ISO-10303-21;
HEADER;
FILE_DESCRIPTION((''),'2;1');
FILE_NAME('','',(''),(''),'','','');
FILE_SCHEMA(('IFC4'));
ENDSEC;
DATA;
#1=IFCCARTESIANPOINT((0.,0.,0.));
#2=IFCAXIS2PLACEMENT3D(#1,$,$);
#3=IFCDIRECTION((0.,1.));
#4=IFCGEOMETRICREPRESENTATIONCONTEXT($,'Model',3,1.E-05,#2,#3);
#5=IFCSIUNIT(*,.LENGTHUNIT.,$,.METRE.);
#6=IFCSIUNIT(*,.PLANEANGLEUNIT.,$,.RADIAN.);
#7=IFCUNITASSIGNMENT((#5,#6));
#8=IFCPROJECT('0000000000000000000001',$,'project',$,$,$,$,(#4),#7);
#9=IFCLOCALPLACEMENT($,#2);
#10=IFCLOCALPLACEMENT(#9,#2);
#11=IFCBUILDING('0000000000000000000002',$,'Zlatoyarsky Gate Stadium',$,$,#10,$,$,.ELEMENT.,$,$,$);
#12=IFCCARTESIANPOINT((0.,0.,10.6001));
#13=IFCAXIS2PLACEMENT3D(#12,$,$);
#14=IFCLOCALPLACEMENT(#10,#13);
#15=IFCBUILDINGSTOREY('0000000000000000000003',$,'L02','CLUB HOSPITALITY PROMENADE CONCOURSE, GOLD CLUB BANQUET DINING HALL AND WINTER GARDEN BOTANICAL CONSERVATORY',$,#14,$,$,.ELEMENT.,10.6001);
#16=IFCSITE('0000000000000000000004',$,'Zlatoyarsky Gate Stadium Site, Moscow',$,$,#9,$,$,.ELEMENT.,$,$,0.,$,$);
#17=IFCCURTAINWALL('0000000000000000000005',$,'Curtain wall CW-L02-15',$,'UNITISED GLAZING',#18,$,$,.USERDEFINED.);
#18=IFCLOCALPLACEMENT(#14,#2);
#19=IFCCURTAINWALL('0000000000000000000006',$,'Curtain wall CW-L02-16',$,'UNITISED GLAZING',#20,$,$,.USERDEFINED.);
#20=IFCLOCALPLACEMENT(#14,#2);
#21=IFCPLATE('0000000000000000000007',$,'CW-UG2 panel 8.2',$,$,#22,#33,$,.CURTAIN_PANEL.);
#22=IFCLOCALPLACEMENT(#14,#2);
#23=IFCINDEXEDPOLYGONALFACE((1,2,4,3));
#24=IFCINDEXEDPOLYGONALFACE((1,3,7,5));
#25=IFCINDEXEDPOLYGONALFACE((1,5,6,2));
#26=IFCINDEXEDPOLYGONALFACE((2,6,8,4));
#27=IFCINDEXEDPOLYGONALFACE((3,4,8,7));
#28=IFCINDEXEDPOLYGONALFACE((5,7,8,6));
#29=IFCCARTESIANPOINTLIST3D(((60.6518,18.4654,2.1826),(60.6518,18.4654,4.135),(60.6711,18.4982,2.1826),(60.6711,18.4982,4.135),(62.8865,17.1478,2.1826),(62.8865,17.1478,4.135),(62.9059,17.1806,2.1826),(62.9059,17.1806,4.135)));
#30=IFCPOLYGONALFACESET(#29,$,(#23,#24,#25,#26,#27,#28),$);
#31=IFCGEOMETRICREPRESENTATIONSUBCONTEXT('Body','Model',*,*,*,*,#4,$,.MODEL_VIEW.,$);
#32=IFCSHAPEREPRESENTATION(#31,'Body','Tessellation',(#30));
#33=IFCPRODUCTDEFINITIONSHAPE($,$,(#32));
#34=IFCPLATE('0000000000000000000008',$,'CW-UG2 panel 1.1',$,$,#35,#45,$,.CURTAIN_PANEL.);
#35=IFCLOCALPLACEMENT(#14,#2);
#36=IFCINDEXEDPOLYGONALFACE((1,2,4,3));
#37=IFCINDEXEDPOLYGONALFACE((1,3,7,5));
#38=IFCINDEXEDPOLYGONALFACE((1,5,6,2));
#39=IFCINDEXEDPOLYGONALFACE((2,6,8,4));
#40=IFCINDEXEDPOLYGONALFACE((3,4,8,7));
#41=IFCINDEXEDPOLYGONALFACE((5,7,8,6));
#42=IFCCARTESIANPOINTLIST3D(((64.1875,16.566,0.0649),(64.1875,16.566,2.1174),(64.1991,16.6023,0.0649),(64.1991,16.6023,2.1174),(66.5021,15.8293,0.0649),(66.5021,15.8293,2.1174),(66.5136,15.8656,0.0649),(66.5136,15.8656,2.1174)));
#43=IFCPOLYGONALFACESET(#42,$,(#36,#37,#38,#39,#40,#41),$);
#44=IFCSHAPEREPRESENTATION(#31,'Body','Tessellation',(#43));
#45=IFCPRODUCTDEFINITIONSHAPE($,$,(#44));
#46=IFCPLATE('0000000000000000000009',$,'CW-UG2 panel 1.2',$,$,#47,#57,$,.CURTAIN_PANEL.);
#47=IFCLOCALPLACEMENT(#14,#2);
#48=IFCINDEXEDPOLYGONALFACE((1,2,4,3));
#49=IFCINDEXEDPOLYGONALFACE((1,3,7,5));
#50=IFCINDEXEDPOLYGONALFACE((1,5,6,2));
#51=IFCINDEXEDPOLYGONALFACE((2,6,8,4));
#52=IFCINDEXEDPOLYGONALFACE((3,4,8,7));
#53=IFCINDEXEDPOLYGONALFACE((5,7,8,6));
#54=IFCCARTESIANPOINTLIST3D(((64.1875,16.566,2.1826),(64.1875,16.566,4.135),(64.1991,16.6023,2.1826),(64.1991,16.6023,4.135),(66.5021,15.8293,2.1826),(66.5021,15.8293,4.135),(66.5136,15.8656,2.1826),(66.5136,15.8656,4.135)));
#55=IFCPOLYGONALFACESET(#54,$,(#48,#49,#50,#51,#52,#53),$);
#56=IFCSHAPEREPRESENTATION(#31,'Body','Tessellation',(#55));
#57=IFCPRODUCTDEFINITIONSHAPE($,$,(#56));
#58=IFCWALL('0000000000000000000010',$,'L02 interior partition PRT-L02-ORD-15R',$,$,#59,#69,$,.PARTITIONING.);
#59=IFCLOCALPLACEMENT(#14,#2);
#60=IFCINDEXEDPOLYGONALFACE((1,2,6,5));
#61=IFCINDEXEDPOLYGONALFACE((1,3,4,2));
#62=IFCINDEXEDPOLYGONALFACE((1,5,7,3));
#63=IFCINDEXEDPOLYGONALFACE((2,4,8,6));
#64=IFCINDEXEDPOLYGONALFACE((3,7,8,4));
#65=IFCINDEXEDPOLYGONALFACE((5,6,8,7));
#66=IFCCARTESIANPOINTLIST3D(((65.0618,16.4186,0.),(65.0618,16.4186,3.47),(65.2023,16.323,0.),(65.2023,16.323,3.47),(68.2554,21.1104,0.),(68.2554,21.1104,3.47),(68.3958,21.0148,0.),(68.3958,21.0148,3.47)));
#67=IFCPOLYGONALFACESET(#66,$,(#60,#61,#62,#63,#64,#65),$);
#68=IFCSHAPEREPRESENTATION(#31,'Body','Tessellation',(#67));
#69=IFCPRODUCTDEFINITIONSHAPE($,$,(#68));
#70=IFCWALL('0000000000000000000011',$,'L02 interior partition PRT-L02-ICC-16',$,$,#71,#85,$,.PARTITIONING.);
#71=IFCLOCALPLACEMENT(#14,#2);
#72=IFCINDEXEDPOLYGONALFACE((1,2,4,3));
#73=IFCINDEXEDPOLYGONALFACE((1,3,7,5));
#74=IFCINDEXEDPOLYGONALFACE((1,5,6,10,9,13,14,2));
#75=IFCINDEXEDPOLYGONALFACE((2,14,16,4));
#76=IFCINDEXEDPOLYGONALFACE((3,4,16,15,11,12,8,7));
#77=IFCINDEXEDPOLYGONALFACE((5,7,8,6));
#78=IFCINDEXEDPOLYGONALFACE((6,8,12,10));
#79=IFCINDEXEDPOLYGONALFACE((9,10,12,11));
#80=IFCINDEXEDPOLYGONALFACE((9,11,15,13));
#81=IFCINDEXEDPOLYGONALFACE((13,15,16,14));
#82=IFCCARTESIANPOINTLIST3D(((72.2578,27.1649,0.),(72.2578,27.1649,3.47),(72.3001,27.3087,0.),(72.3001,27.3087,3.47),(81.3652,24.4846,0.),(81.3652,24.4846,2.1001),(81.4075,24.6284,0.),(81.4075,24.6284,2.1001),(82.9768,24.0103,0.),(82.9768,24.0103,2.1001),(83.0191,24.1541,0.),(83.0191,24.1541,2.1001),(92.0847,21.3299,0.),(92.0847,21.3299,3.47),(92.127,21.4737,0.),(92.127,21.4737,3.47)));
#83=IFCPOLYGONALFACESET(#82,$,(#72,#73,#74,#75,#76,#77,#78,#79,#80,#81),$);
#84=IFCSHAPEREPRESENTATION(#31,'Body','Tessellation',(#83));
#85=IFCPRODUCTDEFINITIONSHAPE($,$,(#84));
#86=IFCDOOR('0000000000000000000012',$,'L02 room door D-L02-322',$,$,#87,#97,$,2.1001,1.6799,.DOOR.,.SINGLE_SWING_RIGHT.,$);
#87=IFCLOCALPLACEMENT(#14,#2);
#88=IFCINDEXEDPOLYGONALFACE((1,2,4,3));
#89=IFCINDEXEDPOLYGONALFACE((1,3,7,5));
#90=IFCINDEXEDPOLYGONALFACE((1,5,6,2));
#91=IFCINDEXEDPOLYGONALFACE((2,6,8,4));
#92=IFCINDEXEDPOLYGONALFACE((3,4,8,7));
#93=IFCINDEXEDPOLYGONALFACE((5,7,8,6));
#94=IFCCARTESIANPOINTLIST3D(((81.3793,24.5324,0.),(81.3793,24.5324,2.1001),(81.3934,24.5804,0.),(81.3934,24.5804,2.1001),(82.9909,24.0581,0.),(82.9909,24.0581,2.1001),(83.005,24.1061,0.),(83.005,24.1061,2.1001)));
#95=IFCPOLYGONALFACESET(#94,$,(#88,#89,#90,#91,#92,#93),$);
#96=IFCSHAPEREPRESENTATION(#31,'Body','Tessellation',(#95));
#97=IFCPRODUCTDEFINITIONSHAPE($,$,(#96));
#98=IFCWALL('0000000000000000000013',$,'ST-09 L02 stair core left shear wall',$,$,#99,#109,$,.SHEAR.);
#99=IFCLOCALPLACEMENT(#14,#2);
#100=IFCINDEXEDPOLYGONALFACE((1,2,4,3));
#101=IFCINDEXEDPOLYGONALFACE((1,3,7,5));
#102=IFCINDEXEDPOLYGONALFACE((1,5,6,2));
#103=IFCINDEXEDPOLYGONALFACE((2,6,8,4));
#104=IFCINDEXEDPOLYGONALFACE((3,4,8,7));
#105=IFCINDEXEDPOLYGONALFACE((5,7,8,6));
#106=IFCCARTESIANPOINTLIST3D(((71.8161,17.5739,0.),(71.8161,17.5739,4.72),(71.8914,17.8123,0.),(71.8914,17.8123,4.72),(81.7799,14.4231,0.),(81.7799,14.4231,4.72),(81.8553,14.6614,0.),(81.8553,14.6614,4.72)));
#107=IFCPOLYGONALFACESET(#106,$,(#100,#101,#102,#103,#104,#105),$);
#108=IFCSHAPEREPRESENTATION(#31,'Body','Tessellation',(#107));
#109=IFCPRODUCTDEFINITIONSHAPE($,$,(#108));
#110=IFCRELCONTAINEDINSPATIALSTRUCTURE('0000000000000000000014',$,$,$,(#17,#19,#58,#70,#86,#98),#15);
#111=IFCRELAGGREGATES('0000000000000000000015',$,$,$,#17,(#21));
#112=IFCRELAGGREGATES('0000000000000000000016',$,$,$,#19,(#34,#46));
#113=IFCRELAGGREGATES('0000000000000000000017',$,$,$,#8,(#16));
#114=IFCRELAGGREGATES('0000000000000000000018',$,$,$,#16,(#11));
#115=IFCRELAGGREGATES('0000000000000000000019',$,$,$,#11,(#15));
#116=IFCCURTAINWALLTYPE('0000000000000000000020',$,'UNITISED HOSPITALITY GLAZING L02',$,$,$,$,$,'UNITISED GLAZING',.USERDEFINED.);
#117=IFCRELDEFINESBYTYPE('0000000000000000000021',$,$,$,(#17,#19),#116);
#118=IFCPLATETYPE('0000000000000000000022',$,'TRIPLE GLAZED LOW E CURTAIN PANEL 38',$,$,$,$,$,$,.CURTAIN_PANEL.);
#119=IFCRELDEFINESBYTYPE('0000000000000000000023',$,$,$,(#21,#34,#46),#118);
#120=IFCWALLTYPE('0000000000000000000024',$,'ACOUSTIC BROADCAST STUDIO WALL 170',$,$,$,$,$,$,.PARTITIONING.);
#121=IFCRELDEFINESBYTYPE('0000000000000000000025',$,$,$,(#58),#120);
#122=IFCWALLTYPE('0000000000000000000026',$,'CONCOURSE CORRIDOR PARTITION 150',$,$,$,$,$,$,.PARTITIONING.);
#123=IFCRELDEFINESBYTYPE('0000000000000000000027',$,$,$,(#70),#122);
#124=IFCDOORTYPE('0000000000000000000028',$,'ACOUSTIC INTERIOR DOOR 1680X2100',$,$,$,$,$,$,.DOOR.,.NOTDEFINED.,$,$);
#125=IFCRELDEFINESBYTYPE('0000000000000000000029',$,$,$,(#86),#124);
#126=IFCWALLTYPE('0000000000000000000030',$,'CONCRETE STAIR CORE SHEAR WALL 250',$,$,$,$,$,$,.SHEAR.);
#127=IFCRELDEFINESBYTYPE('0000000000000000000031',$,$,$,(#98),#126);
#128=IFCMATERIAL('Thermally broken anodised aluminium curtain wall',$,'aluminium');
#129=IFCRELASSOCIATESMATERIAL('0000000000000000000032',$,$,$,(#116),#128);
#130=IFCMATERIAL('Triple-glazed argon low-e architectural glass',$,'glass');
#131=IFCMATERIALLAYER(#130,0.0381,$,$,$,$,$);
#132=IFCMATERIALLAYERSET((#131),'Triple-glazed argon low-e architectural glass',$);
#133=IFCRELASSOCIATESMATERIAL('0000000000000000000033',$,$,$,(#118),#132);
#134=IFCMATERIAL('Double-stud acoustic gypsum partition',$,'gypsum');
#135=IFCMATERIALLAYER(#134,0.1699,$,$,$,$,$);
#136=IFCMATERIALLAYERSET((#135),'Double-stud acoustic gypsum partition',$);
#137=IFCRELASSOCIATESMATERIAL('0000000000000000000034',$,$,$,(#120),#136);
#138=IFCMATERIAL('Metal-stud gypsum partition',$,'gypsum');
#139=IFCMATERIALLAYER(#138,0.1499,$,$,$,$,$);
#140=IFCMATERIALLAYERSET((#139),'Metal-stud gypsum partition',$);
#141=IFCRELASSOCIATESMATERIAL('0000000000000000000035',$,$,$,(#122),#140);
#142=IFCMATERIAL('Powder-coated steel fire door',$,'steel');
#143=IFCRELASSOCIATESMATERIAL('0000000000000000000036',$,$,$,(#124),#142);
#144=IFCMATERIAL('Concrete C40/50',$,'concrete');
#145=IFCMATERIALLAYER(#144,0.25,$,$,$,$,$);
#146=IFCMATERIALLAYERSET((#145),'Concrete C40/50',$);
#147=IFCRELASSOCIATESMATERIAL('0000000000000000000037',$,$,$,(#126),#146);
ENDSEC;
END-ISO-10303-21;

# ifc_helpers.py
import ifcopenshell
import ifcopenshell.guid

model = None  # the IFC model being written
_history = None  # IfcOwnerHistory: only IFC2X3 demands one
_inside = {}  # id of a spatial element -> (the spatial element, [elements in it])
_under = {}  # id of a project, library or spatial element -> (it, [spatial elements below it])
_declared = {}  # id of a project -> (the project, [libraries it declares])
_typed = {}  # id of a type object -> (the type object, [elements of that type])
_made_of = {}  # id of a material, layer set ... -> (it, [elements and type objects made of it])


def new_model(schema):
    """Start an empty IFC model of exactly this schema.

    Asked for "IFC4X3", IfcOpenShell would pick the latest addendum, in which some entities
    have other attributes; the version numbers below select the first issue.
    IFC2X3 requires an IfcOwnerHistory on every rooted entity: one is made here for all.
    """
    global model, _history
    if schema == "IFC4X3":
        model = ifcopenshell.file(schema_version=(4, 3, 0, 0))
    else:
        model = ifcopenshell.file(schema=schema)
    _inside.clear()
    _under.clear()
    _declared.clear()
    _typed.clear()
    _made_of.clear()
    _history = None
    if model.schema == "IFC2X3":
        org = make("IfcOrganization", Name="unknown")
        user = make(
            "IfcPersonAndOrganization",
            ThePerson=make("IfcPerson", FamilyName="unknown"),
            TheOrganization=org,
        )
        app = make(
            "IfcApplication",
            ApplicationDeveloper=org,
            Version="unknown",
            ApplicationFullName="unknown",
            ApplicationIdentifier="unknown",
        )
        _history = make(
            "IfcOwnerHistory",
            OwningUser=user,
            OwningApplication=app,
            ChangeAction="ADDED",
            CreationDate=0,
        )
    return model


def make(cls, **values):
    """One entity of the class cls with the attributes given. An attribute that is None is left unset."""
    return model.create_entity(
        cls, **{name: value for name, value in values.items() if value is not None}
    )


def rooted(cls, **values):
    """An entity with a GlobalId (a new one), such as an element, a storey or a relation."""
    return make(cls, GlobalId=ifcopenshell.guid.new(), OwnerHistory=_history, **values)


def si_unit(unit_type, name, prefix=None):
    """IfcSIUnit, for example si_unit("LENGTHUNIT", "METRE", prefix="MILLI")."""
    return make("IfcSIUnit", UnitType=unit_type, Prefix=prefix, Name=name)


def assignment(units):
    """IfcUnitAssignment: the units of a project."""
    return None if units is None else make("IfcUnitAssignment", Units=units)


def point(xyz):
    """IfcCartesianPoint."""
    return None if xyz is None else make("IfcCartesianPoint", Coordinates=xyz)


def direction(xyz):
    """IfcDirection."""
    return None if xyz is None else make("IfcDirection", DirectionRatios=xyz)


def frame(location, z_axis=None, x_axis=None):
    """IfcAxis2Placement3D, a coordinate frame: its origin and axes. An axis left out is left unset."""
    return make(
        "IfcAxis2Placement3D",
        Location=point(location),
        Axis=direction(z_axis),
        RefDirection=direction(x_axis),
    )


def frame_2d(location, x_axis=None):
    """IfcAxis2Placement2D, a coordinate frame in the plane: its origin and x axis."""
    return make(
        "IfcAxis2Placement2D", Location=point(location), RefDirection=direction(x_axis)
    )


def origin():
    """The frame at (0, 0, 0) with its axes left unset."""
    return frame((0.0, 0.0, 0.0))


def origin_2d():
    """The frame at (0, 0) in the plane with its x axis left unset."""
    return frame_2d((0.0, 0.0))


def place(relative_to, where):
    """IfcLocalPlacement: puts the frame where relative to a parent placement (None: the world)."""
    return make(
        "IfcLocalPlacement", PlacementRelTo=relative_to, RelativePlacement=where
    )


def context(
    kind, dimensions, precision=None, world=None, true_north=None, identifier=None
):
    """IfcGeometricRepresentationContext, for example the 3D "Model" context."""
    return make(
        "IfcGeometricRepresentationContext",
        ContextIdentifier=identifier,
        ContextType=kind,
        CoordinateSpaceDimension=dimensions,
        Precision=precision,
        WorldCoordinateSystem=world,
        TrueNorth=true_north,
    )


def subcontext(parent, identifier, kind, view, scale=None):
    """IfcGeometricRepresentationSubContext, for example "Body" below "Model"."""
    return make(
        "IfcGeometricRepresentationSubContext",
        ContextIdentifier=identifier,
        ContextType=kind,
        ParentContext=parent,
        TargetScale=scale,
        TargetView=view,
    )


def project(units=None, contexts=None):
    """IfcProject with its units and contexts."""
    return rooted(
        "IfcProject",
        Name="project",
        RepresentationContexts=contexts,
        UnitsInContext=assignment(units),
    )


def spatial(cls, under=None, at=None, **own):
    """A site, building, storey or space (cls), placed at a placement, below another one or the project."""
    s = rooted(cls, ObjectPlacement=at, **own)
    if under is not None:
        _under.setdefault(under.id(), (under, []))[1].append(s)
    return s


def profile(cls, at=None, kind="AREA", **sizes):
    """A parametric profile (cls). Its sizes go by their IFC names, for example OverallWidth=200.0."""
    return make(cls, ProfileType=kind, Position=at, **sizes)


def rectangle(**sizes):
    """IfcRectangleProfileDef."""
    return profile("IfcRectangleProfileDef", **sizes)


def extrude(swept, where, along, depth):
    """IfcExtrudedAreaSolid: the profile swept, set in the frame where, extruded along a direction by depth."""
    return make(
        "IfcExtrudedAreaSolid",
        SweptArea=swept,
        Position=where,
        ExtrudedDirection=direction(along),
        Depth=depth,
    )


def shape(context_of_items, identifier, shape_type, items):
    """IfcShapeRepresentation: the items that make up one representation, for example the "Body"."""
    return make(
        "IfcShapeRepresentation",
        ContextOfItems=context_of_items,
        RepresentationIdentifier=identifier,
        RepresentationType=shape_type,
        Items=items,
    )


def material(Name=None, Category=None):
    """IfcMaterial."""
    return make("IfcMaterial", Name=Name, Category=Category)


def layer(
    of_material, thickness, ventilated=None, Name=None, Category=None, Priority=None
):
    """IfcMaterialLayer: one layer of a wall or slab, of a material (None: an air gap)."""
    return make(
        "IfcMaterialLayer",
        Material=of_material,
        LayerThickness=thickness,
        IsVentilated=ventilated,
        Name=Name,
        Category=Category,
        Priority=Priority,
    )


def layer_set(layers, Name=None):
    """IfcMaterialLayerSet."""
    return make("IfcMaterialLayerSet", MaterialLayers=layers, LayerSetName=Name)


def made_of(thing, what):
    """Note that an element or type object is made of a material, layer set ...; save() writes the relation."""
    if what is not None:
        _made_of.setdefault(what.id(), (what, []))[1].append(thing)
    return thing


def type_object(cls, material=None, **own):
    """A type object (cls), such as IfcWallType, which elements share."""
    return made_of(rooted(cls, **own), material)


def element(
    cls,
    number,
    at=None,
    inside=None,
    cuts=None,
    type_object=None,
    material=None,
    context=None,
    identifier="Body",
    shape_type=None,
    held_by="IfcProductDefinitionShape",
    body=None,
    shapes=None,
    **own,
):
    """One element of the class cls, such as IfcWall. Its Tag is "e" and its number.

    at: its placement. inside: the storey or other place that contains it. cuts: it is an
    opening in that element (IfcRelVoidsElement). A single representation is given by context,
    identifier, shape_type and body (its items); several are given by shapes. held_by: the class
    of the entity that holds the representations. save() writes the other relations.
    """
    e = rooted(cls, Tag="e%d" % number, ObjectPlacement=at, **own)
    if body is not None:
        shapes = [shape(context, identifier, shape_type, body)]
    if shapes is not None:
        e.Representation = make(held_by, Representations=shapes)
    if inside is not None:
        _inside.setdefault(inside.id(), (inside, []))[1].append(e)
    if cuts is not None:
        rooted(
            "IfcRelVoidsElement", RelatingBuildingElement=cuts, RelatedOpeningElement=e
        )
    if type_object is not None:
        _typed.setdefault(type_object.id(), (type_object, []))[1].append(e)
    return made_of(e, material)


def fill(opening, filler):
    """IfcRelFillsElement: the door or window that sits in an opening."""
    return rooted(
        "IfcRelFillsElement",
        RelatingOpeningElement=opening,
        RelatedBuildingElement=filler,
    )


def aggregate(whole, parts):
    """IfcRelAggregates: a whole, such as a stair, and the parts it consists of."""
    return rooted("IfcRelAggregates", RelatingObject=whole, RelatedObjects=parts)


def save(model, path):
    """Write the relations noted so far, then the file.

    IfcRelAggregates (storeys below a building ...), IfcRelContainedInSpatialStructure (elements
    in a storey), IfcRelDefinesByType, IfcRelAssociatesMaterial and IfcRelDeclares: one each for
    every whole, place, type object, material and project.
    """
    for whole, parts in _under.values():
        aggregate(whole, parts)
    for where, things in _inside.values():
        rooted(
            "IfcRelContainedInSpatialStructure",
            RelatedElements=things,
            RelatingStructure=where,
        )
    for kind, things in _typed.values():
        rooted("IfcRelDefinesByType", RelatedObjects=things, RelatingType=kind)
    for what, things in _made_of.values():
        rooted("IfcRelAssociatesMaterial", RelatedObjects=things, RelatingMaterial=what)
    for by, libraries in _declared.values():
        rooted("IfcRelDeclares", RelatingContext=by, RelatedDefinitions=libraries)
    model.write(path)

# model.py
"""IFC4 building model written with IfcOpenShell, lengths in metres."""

from ifc_helpers import new_model, si_unit, direction, frame, frame_2d, origin, origin_2d, place, context, subcontext, project, spatial, rectangle, extrude, material, layer, layer_set, type_object, element, fill, aggregate, save


model = new_model("IFC4")

# Units and contexts
model_context = context("Model", 3, precision=1e-05, world=origin(), true_north=direction((0.0, 1.0)))
body_context = subcontext(model_context, "Body", "Model", "MODEL_VIEW")
ifc_project = project(units=[si_unit("LENGTHUNIT", "METRE"), si_unit("PLANEANGLEUNIT", "RADIAN")], contexts=[model_context])

# Site, building, storey
site_placement = place(None, origin())
site = spatial("IfcSite", under=ifc_project, at=site_placement, Name="Zlatoyarsky Gate Stadium Site, Moscow", CompositionType="ELEMENT", RefElevation=0.0)
building_placement = place(site_placement, origin())
building = spatial("IfcBuilding", under=site, at=building_placement, Name="Zlatoyarsky Gate Stadium", CompositionType="ELEMENT")
storey_placement = place(building_placement, frame((0.0, 0.0, 10.6001)))
storey = spatial("IfcBuildingStorey", under=building, at=storey_placement, Name="L02", Description="CLUB HOSPITALITY PROMENADE CONCOURSE, GOLD CLUB BANQUET DINING HALL AND WINTER GARDEN BOTANICAL CONSERVATORY", CompositionType="ELEMENT", Elevation=10.6001)

# Shared definitions
ifc_material_1 = material(Name="Concrete C40/50", Category="concrete")

# Curtain wall
ifc_material_2 = material(Name="Thermally broken anodised aluminium curtain wall", Category="aluminium")
curtain_wall_type = type_object("IfcCurtainWallType", Name="UNITISED HOSPITALITY GLAZING L02", ElementType="UNITISED GLAZING", PredefinedType="USERDEFINED", material=ifc_material_2)
curtain_wall_1_placement = place(storey_placement, origin())
curtain_wall_1 = element("IfcCurtainWall", 1, at=curtain_wall_1_placement, inside=storey, type_object=curtain_wall_type, Name="Curtain wall CW-L02-15", ObjectType="UNITISED GLAZING", PredefinedType="USERDEFINED")

# Curtain wall
curtain_wall_2_placement = place(storey_placement, origin())
curtain_wall_2 = element("IfcCurtainWall", 2, at=curtain_wall_2_placement, inside=storey, type_object=curtain_wall_type, Name="Curtain wall CW-L02-16", ObjectType="UNITISED GLAZING", PredefinedType="USERDEFINED")

# Plates
ifc_material_3 = material(Name="Triple-glazed argon low-e architectural glass", Category="glass")
ifc_layer_1 = layer(ifc_material_3, 0.0381)
ifc_layer_set_1 = layer_set([ifc_layer_1], Name="Triple-glazed argon low-e architectural glass")
plate_type_1 = type_object("IfcPlateType", Name="TRIPLE GLAZED LOW E CURTAIN PANEL 38", PredefinedType="CURTAIN_PANEL", material=ifc_layer_set_1)
plate_1_placement = place(storey_placement, frame((61.7788, 17.823, 2.1826), z_axis=(0.0, 0.0, 1.0), x_axis=(0.861425, -0.507884, 0.0)))
plate_1 = element("IfcPlate", 3, at=plate_1_placement, type_object=plate_type_1, Name="CW-UG2 panel 8.2", PredefinedType="CURTAIN_PANEL", context=body_context, shape_type="SweptSolid", body=[
    extrude(rectangle(XDim=2.5942, YDim=0.0381, at=origin_2d()), origin(), (0.0, 0.0, 1.0), 1.9524),
])
aggregate(curtain_wall_1, [plate_1])
plate_2_placement = place(storey_placement, frame((65.3506, 16.2158, 0.0649), z_axis=(0.0, 0.0, 1.0), x_axis=(0.952902, -0.303278, 0.0)))
plate_2 = element("IfcPlate", 4, at=plate_2_placement, type_object=plate_type_1, Name="CW-UG2 panel 1.1", PredefinedType="CURTAIN_PANEL", context=body_context, shape_type="SweptSolid", body=[
    extrude(rectangle(XDim=2.429, YDim=0.0381, at=origin_2d()), origin(), (0.0, 0.0, 1.0), 2.0525),
])
plate_3_placement = place(storey_placement, frame((65.3506, 16.2158, 2.1826), z_axis=(0.0, 0.0, 1.0), x_axis=(0.952902, -0.303278, 0.0)))
plate_3 = element("IfcPlate", 5, at=plate_3_placement, type_object=plate_type_1, Name="CW-UG2 panel 1.2", PredefinedType="CURTAIN_PANEL", context=body_context, shape_type="SweptSolid", body=[
    extrude(rectangle(XDim=2.429, YDim=0.0381, at=origin_2d()), origin(), (0.0, 0.0, 1.0), 1.9524),
])
aggregate(curtain_wall_2, [plate_2, plate_3])

# Wall
ifc_material_4 = material(Name="Double-stud acoustic gypsum partition", Category="gypsum")
ifc_layer_2 = layer(ifc_material_4, 0.1699)
ifc_layer_set_2 = layer_set([ifc_layer_2], Name="Double-stud acoustic gypsum partition")
wall_type_1 = type_object("IfcWallType", Name="ACOUSTIC BROADCAST STUDIO WALL 170", PredefinedType="PARTITIONING", material=ifc_layer_set_2)
wall_1_placement = place(storey_placement, frame((68.3257, 21.0627, 0.0), z_axis=(0.0, 0.0, 1.0), x_axis=(-0.562685, -0.826671, 0.0)))
element("IfcWall", 6, at=wall_1_placement, inside=storey, type_object=wall_type_1, Name="L02 interior partition PRT-L02-ORD-15R", PredefinedType="PARTITIONING", context=body_context, shape_type="SweptSolid", body=[
    extrude(rectangle(XDim=5.6755, YDim=0.1699, at=frame_2d((2.8379, 0.0))), origin(), (0.0, 0.0, 1.0), 3.47),
])

# Wall, opening, door
ifc_material_5 = material(Name="Metal-stud gypsum partition", Category="gypsum")
ifc_layer_3 = layer(ifc_material_5, 0.1499)
ifc_layer_set_3 = layer_set([ifc_layer_3], Name="Metal-stud gypsum partition")
wall_type_2 = type_object("IfcWallType", Name="CONCOURSE CORRIDOR PARTITION 150", PredefinedType="PARTITIONING", material=ifc_layer_set_3)
wall_2_placement = place(storey_placement, frame((72.2788, 27.2368, 0.0), z_axis=(0.0, 0.0, 1.0), x_axis=(0.959319, -0.282323, 0.0)))
wall_2 = element("IfcWall", 7, at=wall_2_placement, inside=storey, type_object=wall_type_2, Name="L02 interior partition PRT-L02-ICC-16", PredefinedType="PARTITIONING", context=body_context, shape_type="SweptSolid", body=[
    extrude(rectangle(XDim=20.6677, YDim=0.1499, at=frame_2d((10.334, 0.0))), origin(), (0.0, 0.0, 1.0), 3.47),
])
opening_placement = place(wall_2_placement, frame((9.4939, 0.0, 0.0)))
opening = element("IfcOpeningElement", 8, at=opening_placement, cuts=wall_2, PredefinedType="OPENING", context=body_context, shape_type="SweptSolid", body=[
    extrude(rectangle(XDim=1.6799, YDim=2.1001, at=frame_2d((0.8398, 1.05))), frame((0.0, 0.085, 0.0), z_axis=(0.0, -1.0, 0.0), x_axis=(1.0, 0.0, 0.0)), (0.0, 0.0, 1.0), 0.1699),
])
ifc_material_6 = material(Name="Powder-coated steel fire door", Category="steel")
door_type = type_object("IfcDoorType", Name="ACOUSTIC INTERIOR DOOR 1680X2100", OperationType="NOTDEFINED", PredefinedType="DOOR", material=ifc_material_6)
door_placement = place(opening_placement, origin())
door = element("IfcDoor", 9, at=door_placement, inside=storey, type_object=door_type, Name="L02 room door D-L02-322", OperationType="SINGLE_SWING_RIGHT", OverallHeight=2.1001, OverallWidth=1.6799, PredefinedType="DOOR", context=body_context, shape_type="SweptSolid", body=[
    extrude(rectangle(XDim=1.6799, YDim=2.1001, at=frame_2d((0.8398, 1.05))), frame((0.0, 0.0249, 0.0), z_axis=(0.0, -1.0, 0.0), x_axis=(1.0, 0.0, 0.0)), (0.0, 0.0, 1.0), 0.05),
])
fill(opening, door)

# Wall
ifc_layer_4 = layer(ifc_material_1, 0.25)
ifc_layer_set_4 = layer_set([ifc_layer_4], Name="Concrete C40/50")
wall_type_3 = type_object("IfcWallType", Name="CONCRETE STAIR CORE SHEAR WALL 250", PredefinedType="SHEAR", material=ifc_layer_set_4)
wall_3_placement = place(storey_placement, frame((71.8538, 17.6931, 0.0), z_axis=(0.0, 0.0, 1.0), x_axis=(0.953462, -0.301514, 0.0)))
element("IfcWall", 10, at=wall_3_placement, inside=storey, type_object=wall_type_3, Name="ST-09 L02 stair core left shear wall", PredefinedType="SHEAR", context=body_context, shape_type="SweptSolid", body=[
    extrude(rectangle(XDim=10.4502, YDim=0.25, at=frame_2d((5.2251, 0.0))), origin(), (0.0, 0.0, 1.0), 4.72),
])

save(model, "model.ifc")
